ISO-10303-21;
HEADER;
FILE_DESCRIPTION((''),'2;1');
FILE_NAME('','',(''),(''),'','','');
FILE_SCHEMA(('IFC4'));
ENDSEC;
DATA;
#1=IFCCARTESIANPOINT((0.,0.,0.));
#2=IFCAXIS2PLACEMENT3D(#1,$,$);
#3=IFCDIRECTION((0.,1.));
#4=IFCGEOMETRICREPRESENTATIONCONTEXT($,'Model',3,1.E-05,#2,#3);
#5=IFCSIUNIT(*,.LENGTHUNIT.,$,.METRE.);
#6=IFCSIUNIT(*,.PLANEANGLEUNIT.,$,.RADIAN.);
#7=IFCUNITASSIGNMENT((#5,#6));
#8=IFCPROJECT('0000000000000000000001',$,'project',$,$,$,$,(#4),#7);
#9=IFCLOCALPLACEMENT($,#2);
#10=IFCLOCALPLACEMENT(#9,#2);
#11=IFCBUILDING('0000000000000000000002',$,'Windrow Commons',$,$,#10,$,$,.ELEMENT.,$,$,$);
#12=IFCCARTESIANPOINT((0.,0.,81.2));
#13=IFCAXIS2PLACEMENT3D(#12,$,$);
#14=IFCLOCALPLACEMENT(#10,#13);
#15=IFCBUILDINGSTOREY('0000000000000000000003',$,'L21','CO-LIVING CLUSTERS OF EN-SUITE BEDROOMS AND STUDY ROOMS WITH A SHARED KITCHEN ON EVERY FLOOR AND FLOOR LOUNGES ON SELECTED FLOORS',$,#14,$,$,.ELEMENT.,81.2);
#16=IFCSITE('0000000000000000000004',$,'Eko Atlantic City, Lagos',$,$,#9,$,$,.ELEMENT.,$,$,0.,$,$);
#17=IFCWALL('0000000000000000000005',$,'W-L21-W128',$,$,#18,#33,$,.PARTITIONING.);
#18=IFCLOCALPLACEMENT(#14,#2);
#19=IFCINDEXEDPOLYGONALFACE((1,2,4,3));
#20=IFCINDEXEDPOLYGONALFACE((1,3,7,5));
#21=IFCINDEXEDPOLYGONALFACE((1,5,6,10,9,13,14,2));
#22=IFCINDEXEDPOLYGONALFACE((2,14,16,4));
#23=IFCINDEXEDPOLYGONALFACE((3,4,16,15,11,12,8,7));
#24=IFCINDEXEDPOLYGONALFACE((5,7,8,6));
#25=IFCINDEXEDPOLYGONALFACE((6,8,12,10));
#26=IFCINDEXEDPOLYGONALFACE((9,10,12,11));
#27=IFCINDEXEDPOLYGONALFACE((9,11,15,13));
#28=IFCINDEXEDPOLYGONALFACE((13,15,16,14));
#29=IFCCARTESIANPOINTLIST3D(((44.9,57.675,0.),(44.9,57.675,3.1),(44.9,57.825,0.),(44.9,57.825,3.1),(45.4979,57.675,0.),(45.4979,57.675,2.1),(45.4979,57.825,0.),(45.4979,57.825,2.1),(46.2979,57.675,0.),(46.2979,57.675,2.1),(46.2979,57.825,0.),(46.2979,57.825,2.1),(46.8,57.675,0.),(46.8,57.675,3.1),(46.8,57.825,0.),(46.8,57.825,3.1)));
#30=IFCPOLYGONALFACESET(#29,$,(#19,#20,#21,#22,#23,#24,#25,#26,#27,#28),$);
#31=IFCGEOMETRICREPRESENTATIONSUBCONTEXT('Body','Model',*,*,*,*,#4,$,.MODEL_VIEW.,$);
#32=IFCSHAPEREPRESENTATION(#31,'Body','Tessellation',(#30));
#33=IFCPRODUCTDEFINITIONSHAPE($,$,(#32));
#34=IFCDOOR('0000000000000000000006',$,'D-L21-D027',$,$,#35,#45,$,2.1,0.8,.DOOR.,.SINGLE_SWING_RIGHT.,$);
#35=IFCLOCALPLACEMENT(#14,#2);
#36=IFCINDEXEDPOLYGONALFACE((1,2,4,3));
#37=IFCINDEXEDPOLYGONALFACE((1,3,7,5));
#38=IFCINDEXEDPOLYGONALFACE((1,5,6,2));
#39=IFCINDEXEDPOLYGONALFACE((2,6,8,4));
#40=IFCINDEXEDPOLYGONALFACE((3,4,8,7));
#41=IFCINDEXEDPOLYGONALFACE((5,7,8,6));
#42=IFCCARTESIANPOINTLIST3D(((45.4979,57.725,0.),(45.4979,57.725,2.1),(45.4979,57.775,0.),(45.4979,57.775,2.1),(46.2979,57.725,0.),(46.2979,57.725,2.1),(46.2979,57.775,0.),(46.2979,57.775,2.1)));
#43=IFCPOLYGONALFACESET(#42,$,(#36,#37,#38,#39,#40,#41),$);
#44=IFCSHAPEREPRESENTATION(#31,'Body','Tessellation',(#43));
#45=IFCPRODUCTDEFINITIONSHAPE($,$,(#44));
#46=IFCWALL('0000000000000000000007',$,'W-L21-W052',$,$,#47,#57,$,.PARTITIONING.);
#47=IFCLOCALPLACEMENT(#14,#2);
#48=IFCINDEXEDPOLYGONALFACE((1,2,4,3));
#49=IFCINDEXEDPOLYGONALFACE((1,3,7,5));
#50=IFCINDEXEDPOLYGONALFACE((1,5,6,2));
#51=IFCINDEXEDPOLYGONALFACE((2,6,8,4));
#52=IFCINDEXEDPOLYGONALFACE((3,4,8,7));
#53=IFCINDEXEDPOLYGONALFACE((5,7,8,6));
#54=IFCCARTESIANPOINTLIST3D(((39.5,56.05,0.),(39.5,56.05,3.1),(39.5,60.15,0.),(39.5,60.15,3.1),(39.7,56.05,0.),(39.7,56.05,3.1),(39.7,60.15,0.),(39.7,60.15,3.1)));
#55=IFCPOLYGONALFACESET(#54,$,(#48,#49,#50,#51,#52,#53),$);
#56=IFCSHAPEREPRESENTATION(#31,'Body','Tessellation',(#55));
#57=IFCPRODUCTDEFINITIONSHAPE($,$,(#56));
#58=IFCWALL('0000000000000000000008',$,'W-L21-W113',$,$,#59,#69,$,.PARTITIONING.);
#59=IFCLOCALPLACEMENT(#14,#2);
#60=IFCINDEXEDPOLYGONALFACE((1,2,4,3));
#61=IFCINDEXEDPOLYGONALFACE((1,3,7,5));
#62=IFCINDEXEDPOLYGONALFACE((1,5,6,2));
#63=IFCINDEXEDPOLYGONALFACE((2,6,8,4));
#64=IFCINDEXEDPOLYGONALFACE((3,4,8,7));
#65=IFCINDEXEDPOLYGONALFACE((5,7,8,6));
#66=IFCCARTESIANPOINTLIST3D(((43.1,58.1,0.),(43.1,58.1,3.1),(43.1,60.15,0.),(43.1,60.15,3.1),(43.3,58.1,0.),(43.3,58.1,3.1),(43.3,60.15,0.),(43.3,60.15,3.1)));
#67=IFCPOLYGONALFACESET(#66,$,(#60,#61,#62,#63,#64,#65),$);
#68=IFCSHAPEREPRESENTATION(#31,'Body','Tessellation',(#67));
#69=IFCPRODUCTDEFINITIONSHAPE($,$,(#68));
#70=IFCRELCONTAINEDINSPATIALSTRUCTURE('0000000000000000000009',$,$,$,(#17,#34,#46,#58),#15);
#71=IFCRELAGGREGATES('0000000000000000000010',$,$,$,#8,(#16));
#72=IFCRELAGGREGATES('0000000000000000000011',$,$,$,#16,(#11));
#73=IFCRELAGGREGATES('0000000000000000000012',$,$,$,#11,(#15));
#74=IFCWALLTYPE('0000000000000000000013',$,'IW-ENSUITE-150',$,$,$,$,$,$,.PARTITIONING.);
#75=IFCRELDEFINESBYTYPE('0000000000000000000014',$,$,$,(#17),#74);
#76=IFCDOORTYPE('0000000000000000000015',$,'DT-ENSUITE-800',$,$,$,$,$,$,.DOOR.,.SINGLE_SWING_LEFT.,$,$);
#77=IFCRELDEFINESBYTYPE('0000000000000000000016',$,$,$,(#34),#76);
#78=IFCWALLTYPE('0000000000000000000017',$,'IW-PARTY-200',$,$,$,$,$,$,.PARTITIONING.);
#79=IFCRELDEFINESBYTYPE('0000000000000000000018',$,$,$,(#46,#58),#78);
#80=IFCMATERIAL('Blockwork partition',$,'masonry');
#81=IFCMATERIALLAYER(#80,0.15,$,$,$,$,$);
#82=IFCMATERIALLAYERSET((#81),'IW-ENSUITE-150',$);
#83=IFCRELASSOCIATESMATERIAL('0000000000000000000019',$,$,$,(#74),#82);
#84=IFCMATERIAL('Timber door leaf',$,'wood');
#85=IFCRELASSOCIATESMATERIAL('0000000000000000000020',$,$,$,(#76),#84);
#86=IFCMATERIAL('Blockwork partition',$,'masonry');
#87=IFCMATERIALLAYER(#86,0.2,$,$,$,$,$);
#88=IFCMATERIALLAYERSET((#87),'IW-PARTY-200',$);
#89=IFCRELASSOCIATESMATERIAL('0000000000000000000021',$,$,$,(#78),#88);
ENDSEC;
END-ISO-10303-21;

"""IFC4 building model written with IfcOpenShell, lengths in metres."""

from ifc_helpers import new_model, si_unit, direction, frame, frame_2d, origin, place, context, subcontext, project, spatial, rectangle, extrude, material, layer, layer_set, type_object, element, fill, save


model = new_model("IFC4")

# Units and contexts
model_context = context("Model", 3, precision=1e-05, world=origin(), true_north=direction((0.0, 1.0)))
body_context = subcontext(model_context, "Body", "Model", "MODEL_VIEW")
ifc_project = project(units=[si_unit("LENGTHUNIT", "METRE"), si_unit("PLANEANGLEUNIT", "RADIAN")], contexts=[model_context])

# Site, building, storey
site_placement = place(None, origin())
site = spatial("IfcSite", under=ifc_project, at=site_placement, Name="Eko Atlantic City, Lagos", CompositionType="ELEMENT", RefElevation=0.0)
building_placement = place(site_placement, origin())
building = spatial("IfcBuilding", under=site, at=building_placement, Name="Windrow Commons", CompositionType="ELEMENT")
storey_placement = place(building_placement, frame((0.0, 0.0, 81.2)))
storey = spatial("IfcBuildingStorey", under=building, at=storey_placement, Name="L21", Description="CO-LIVING CLUSTERS OF EN-SUITE BEDROOMS AND STUDY ROOMS WITH A SHARED KITCHEN ON EVERY FLOOR AND FLOOR LOUNGES ON SELECTED FLOORS", CompositionType="ELEMENT", Elevation=81.2)

# Shared definitions
ifc_material_1 = material(Name="Blockwork partition", Category="masonry")
ifc_layer_1 = layer(ifc_material_1, 0.15)
ifc_layer_set_1 = layer_set([ifc_layer_1], Name="IW-ENSUITE-150")
wall_type_1 = type_object("IfcWallType", Name="IW-ENSUITE-150", PredefinedType="PARTITIONING", material=ifc_layer_set_1)

# Wall, opening, door
wall_1_placement = place(storey_placement, frame((44.9, 57.75, 0.0), z_axis=(0.0, 0.0, 1.0), x_axis=(1.0, 0.0, 0.0)))
wall_1 = element("IfcWall", 1, at=wall_1_placement, inside=storey, type_object=wall_type_1, Name="W-L21-W128", PredefinedType="PARTITIONING", context=body_context, shape_type="SweptSolid", body=[
    extrude(rectangle(XDim=1.9, YDim=0.15, at=frame_2d((0.95, 0.0))), origin(), (0.0, 0.0, 1.0), 3.1),
])
opening_1_placement = place(wall_1_placement, frame((0.5979, 0.0, 0.0)))
opening_1 = element("IfcOpeningElement", 2, at=opening_1_placement, cuts=wall_1, PredefinedType="OPENING", context=body_context, shape_type="SweptSolid", body=[
    extrude(rectangle(XDim=0.8, YDim=2.1, at=frame_2d((0.4, 1.05))), frame((0.0, 0.085, 0.0), z_axis=(0.0, -1.0, 0.0), x_axis=(1.0, 0.0, 0.0)), (0.0, 0.0, 1.0), 0.17),
])
ifc_material_2 = material(Name="Timber door leaf", Category="wood")
door_type = type_object("IfcDoorType", Name="DT-ENSUITE-800", OperationType="SINGLE_SWING_LEFT", PredefinedType="DOOR", material=ifc_material_2)
door_placement = place(opening_1_placement, origin())
door = element("IfcDoor", 3, at=door_placement, inside=storey, type_object=door_type, Name="D-L21-D027", OperationType="SINGLE_SWING_RIGHT", OverallHeight=2.1, OverallWidth=0.8, PredefinedType="DOOR", context=body_context, shape_type="SweptSolid", body=[
    extrude(rectangle(XDim=0.8, YDim=2.1, at=frame_2d((0.4, 1.05))), frame((0.0, 0.025, 0.0), z_axis=(0.0, -1.0, 0.0), x_axis=(1.0, 0.0, 0.0)), (0.0, 0.0, 1.0), 0.05),
])
fill(opening_1, door)

# Walls
ifc_material_3 = material(Name="Blockwork partition", Category="masonry")
ifc_layer_2 = layer(ifc_material_3, 0.2)
ifc_layer_set_2 = layer_set([ifc_layer_2], Name="IW-PARTY-200")
wall_type_2 = type_object("IfcWallType", Name="IW-PARTY-200", PredefinedType="PARTITIONING", material=ifc_layer_set_2)
wall_2_placement = place(storey_placement, frame((39.6, 56.05, 0.0), z_axis=(0.0, 0.0, 1.0), x_axis=(0.0, 1.0, 0.0)))
element("IfcWall", 4, at=wall_2_placement, inside=storey, type_object=wall_type_2, Name="W-L21-W052", PredefinedType="PARTITIONING", context=body_context, shape_type="SweptSolid", body=[
    extrude(rectangle(XDim=4.1, YDim=0.2, at=frame_2d((2.05, 0.0))), origin(), (0.0, 0.0, 1.0), 3.1),
])
wall_3_placement = place(storey_placement, frame((43.2, 58.1, 0.0), z_axis=(0.0, 0.0, 1.0), x_axis=(0.0, 1.0, 0.0)))
element("IfcWall", 5, at=wall_3_placement, inside=storey, type_object=wall_type_2, Name="W-L21-W113", PredefinedType="PARTITIONING", context=body_context, shape_type="SweptSolid", body=[
    extrude(rectangle(XDim=2.05, YDim=0.2, at=frame_2d((1.025, 0.0))), origin(), (0.0, 0.0, 1.0), 3.1),
])

save(model, "model.ifc")
